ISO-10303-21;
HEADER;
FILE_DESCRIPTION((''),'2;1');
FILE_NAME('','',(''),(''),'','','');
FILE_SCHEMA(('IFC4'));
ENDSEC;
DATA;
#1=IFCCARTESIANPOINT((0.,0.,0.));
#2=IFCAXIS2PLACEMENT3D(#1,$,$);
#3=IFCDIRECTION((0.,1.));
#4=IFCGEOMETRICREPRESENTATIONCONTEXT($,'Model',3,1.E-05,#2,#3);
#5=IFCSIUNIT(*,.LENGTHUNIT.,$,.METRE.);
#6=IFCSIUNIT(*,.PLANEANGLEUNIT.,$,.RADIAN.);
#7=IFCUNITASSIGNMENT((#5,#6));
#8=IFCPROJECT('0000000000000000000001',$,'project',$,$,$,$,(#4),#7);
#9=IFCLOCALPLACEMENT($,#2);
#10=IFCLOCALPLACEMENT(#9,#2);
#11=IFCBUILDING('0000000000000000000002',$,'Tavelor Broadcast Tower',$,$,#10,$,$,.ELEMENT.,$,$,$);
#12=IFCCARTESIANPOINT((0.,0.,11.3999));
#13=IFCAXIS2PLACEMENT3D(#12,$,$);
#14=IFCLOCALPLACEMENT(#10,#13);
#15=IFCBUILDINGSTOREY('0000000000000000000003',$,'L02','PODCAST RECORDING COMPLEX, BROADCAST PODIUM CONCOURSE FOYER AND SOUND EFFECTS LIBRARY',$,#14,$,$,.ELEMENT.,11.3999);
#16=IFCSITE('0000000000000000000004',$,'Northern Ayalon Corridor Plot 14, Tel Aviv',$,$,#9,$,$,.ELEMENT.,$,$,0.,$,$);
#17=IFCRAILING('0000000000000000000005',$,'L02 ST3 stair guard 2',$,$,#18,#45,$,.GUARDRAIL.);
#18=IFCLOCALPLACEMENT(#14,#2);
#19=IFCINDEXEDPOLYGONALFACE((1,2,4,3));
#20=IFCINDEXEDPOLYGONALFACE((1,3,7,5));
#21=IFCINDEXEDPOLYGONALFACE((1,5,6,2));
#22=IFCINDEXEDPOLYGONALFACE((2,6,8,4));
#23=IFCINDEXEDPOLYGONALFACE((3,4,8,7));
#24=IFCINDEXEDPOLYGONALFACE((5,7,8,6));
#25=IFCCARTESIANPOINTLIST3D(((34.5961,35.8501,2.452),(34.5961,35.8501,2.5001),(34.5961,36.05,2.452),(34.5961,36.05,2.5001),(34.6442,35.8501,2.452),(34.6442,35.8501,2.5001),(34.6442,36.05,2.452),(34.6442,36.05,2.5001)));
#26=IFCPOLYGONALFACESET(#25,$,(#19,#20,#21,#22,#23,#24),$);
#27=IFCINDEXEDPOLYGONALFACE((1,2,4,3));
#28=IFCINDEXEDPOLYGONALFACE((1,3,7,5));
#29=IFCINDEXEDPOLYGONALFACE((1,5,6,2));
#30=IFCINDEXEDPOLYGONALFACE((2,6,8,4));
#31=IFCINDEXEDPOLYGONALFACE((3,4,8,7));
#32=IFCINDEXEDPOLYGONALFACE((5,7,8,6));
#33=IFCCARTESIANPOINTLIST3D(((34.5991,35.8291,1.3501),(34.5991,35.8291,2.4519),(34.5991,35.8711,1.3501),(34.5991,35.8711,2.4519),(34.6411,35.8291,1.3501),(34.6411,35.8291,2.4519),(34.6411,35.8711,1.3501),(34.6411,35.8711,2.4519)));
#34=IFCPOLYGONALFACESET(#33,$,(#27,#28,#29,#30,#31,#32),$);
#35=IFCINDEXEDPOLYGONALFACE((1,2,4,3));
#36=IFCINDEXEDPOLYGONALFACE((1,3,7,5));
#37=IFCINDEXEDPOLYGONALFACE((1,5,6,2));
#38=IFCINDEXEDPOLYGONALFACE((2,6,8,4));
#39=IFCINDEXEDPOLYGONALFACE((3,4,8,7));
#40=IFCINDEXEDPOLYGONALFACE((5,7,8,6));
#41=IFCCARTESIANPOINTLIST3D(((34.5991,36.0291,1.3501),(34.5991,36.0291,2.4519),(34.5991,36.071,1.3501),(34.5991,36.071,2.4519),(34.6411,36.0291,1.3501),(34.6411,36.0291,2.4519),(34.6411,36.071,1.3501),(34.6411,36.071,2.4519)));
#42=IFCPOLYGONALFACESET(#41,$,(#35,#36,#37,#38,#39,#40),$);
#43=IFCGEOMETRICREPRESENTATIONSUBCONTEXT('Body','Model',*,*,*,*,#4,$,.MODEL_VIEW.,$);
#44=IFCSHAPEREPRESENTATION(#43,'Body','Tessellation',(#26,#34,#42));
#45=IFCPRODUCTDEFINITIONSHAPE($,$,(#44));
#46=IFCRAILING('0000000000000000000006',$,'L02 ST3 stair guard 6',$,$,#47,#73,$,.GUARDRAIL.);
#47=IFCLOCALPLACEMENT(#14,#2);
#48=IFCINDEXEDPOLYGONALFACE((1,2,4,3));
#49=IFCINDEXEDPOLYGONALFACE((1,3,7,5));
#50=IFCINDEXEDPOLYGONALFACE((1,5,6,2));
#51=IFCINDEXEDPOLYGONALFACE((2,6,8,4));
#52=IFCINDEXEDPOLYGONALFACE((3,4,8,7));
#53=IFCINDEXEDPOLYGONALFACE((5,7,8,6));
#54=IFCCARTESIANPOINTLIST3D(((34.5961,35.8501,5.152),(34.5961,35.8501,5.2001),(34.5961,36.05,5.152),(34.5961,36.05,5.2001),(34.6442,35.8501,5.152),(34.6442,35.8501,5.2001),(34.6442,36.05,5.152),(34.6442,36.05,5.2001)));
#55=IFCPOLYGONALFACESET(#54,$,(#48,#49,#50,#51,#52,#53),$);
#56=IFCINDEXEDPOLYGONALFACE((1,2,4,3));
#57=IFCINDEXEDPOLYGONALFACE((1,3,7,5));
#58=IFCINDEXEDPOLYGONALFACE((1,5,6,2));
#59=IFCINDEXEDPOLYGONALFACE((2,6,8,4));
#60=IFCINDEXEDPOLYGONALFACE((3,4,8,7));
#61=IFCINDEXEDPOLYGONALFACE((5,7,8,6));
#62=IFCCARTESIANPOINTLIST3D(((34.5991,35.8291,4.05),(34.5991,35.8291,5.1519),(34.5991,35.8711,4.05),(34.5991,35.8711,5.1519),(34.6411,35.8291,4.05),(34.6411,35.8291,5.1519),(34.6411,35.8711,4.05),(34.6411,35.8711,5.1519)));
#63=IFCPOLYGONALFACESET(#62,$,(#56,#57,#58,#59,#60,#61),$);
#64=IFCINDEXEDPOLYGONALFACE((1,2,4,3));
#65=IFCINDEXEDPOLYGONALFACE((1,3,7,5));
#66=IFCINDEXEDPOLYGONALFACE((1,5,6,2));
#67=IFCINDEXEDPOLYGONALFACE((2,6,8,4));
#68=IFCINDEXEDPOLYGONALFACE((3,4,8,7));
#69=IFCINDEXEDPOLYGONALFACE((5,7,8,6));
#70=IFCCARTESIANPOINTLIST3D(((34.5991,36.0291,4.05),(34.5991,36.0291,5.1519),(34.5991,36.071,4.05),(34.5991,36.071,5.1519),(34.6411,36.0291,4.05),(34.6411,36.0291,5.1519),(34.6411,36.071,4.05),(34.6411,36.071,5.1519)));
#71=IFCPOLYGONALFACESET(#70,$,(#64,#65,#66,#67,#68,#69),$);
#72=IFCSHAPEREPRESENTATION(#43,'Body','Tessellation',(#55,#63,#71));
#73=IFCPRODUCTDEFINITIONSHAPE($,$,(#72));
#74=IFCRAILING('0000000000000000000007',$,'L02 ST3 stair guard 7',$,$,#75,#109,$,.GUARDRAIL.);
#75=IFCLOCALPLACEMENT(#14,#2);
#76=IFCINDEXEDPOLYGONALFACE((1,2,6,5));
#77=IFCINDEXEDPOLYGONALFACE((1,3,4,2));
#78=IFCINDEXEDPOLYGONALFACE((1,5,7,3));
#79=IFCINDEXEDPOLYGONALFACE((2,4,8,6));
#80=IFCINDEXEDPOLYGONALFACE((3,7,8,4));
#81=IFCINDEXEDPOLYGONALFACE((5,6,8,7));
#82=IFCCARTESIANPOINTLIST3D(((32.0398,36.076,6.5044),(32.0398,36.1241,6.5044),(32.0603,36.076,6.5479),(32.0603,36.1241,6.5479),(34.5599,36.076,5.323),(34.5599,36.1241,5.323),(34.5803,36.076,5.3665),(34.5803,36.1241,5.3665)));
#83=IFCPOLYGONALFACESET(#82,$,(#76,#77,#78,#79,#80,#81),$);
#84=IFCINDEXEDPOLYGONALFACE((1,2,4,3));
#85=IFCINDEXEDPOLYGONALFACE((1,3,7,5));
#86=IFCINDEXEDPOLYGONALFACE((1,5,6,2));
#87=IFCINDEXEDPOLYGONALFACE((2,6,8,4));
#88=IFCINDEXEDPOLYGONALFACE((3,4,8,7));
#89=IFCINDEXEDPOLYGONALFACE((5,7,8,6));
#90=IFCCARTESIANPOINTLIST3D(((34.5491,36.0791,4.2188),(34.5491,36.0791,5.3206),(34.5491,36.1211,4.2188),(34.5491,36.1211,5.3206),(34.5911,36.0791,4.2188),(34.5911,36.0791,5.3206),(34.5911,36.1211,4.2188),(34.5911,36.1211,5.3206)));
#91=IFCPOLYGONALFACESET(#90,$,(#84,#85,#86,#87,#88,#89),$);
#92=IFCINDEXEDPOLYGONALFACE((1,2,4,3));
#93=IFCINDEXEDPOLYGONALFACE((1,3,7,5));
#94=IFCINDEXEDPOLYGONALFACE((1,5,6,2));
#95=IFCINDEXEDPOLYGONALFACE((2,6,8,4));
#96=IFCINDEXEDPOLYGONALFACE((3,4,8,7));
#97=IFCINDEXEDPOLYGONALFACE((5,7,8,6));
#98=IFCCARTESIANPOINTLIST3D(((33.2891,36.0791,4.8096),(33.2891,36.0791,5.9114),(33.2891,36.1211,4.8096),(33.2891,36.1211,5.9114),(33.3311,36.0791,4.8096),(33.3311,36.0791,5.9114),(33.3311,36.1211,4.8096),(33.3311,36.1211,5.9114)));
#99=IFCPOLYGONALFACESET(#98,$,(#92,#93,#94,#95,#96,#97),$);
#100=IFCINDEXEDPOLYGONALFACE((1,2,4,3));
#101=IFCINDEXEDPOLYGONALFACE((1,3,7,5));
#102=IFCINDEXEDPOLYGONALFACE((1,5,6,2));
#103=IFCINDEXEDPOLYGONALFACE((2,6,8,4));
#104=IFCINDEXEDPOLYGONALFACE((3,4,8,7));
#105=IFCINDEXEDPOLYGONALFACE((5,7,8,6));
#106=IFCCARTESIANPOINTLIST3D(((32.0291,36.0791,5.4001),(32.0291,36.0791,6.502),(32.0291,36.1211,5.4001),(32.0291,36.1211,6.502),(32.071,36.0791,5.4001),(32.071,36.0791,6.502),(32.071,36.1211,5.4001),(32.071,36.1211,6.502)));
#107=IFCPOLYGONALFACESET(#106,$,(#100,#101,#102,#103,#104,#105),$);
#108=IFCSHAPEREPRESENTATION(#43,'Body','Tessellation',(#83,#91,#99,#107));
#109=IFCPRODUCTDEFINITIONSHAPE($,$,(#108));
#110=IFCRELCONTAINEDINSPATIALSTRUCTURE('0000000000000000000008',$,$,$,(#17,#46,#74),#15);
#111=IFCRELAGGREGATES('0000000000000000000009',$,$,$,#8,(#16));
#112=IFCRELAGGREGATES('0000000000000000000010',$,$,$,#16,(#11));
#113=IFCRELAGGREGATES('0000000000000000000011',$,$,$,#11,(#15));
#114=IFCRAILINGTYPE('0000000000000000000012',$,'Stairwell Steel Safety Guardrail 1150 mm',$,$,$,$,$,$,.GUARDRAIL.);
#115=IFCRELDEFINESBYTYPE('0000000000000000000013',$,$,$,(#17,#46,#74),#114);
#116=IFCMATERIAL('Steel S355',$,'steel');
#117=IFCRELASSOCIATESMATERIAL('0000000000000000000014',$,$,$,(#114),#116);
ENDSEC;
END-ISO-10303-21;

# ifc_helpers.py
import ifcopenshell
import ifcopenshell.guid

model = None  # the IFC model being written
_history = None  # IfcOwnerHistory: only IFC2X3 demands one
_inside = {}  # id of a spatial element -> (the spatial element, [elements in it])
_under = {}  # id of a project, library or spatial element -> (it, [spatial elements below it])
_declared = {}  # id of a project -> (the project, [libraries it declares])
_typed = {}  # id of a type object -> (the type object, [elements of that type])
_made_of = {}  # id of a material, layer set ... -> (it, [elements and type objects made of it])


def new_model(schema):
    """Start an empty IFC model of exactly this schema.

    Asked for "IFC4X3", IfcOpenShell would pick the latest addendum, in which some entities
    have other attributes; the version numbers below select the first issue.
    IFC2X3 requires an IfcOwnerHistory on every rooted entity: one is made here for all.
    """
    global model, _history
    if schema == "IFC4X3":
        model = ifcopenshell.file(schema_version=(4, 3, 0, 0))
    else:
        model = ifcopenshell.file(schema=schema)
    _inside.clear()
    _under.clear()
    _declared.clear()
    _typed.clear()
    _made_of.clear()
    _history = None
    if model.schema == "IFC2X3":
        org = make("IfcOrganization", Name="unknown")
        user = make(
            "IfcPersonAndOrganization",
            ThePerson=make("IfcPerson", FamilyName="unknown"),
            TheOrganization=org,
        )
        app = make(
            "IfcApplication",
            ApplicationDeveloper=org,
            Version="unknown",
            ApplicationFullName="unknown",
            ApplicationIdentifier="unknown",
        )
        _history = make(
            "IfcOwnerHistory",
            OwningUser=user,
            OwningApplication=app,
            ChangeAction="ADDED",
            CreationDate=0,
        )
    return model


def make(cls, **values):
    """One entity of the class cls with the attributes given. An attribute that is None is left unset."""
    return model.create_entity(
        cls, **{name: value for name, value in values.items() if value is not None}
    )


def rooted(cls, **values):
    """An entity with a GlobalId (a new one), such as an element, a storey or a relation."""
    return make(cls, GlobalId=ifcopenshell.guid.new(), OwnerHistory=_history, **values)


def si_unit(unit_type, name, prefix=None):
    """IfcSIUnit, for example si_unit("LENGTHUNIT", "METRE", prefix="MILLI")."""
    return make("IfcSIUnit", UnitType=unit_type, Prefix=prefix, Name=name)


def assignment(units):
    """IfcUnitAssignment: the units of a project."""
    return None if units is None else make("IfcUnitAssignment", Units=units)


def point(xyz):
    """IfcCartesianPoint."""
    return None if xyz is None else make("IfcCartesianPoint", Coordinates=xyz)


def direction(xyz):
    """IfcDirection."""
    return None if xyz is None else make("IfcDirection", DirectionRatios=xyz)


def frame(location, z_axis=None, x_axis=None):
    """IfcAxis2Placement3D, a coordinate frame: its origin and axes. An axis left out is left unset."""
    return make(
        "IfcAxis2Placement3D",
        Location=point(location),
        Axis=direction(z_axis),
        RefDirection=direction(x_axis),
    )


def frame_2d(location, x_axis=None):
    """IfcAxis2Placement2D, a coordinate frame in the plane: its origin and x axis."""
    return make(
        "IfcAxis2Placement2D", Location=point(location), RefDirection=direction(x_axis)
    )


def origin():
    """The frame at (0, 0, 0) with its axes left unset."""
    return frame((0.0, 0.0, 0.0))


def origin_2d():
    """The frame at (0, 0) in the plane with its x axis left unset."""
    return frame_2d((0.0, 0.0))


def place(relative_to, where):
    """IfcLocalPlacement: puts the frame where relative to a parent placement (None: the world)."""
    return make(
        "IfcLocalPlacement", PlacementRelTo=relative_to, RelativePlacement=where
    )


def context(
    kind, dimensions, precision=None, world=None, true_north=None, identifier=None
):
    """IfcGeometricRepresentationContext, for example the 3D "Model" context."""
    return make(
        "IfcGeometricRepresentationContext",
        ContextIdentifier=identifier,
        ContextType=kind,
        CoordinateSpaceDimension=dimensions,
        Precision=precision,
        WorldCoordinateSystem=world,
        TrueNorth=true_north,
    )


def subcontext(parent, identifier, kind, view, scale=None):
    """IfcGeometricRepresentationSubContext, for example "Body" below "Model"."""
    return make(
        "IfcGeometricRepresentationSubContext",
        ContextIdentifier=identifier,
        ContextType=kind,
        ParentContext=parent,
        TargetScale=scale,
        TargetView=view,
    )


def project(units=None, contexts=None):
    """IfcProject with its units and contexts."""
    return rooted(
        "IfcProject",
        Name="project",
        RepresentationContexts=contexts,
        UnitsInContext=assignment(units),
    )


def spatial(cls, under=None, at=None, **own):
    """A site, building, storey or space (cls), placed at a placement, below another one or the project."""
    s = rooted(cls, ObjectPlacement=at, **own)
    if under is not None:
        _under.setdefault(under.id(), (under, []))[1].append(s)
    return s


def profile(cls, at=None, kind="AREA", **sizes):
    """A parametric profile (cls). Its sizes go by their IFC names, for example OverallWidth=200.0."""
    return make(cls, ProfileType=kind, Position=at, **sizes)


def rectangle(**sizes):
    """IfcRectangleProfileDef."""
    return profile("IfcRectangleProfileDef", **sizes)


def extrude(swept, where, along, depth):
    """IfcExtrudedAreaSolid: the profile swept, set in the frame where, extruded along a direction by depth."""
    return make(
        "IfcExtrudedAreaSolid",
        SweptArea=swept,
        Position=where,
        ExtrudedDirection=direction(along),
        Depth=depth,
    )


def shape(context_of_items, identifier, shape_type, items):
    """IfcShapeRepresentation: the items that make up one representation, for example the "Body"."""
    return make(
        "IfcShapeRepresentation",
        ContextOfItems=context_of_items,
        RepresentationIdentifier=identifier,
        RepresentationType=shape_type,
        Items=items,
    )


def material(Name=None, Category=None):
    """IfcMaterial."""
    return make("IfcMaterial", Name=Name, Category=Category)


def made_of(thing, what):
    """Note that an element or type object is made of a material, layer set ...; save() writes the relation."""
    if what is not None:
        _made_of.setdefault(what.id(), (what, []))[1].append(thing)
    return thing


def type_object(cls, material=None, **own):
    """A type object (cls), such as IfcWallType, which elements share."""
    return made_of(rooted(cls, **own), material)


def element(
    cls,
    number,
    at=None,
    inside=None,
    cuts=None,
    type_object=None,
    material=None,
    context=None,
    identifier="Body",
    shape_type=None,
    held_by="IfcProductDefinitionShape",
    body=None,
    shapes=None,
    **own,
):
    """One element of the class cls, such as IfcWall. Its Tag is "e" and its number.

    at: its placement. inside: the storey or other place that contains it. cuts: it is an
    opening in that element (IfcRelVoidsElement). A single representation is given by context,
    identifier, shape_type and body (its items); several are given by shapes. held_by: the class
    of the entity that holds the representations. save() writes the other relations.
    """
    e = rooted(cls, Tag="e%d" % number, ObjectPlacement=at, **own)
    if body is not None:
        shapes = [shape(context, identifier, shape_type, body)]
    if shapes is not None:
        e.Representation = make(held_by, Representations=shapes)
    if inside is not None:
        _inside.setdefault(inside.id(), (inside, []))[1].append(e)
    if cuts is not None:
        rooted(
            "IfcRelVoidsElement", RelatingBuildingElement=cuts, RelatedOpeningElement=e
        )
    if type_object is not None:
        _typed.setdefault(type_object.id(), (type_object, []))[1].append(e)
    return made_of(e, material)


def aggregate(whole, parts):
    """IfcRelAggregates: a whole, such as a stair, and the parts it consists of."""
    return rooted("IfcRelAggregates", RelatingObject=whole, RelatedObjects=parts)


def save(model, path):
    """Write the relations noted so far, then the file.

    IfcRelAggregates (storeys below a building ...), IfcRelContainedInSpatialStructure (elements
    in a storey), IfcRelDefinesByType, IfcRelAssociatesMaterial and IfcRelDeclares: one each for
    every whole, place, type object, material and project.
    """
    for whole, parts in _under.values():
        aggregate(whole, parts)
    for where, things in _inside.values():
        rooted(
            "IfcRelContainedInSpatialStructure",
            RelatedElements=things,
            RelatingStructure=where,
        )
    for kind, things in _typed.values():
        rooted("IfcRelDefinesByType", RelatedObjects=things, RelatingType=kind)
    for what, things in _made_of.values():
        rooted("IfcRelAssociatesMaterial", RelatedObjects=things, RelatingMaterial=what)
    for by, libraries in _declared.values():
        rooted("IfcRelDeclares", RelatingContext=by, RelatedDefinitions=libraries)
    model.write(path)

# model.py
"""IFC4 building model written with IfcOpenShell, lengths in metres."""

from ifc_helpers import new_model, si_unit, direction, frame, origin, origin_2d, place, context, subcontext, project, spatial, rectangle, extrude, material, type_object, element, save


model = new_model("IFC4")

# Units and contexts
model_context = context("Model", 3, precision=1e-05, world=origin(), true_north=direction((0.0, 1.0)))
body_context = subcontext(model_context, "Body", "Model", "MODEL_VIEW")
ifc_project = project(units=[si_unit("LENGTHUNIT", "METRE"), si_unit("PLANEANGLEUNIT", "RADIAN")], contexts=[model_context])

# Site, building, storey
site_placement = place(None, origin())
site = spatial("IfcSite", under=ifc_project, at=site_placement, Name="Northern Ayalon Corridor Plot 14, Tel Aviv", CompositionType="ELEMENT", RefElevation=0.0)
building_placement = place(site_placement, origin())
building = spatial("IfcBuilding", under=site, at=building_placement, Name="Tavelor Broadcast Tower", CompositionType="ELEMENT")
storey_placement = place(building_placement, frame((0.0, 0.0, 11.3999)))
storey = spatial("IfcBuildingStorey", under=building, at=storey_placement, Name="L02", Description="PODCAST RECORDING COMPLEX, BROADCAST PODIUM CONCOURSE FOYER AND SOUND EFFECTS LIBRARY", CompositionType="ELEMENT", Elevation=11.3999)

# Shared definitions
ifc_material_1 = material(Name="Steel S355", Category="steel")

# Railings
railing_type_1 = type_object("IfcRailingType", Name="Stairwell Steel Safety Guardrail 1150 mm", PredefinedType="GUARDRAIL", material=ifc_material_1)
for number, where, name in (
    (1, (34.6201, 35.8501, 1.3501), "L02 ST3 stair guard 2"),
    (2, (34.6201, 35.8501, 4.05), "L02 ST3 stair guard 6"),
):
    element("IfcRailing", number, at=place(storey_placement, frame(where)), inside=storey, type_object=railing_type_1, Name=name, PredefinedType="GUARDRAIL", context=body_context, shape_type="SweptSolid", body=[
        extrude(rectangle(XDim=0.0481, YDim=0.0481, at=origin_2d()), frame((0.0, 0.0, 1.126), z_axis=(0.0, 1.0, 0.0), x_axis=(-1.0, 0.0, 0.0)), (0.0, 0.0, 1.0), 0.2),
        extrude(rectangle(XDim=0.042, YDim=0.042, at=origin_2d()), origin(), (0.0, 0.0, 1.0), 1.1018),
        extrude(rectangle(XDim=0.042, YDim=0.042, at=origin_2d()), frame((0.0, 0.2, 0.0)), (0.0, 0.0, 1.0), 1.1018),
    ])
railing_1_placement = place(storey_placement, frame((34.5701, 36.1001, 4.2188)))
element("IfcRailing", 3, at=railing_1_placement, inside=storey, type_object=railing_type_1, Name="L02 ST3 stair guard 7", PredefinedType="GUARDRAIL", context=body_context, shape_type="SweptSolid", body=[
    extrude(rectangle(XDim=0.0481, YDim=0.0481, at=origin_2d()), frame((0.0, 0.0, 1.126), z_axis=(-0.90544, 0.0, 0.424474), x_axis=(0.0, -1.0, 0.0)), (0.0, 0.0, 1.0), 2.7832),
    extrude(rectangle(XDim=0.042, YDim=0.042, at=origin_2d()), origin(), (0.0, 0.0, 1.0), 1.1018),
    extrude(rectangle(XDim=0.042, YDim=0.042, at=origin_2d()), frame((-1.26, 0.0, 0.5908)), (0.0, 0.0, 1.0), 1.1018),
    extrude(rectangle(XDim=0.042, YDim=0.042, at=origin_2d()), frame((-2.52, 0.0, 1.1814)), (0.0, 0.0, 1.0), 1.1018),
])

save(model, "model.ifc")
